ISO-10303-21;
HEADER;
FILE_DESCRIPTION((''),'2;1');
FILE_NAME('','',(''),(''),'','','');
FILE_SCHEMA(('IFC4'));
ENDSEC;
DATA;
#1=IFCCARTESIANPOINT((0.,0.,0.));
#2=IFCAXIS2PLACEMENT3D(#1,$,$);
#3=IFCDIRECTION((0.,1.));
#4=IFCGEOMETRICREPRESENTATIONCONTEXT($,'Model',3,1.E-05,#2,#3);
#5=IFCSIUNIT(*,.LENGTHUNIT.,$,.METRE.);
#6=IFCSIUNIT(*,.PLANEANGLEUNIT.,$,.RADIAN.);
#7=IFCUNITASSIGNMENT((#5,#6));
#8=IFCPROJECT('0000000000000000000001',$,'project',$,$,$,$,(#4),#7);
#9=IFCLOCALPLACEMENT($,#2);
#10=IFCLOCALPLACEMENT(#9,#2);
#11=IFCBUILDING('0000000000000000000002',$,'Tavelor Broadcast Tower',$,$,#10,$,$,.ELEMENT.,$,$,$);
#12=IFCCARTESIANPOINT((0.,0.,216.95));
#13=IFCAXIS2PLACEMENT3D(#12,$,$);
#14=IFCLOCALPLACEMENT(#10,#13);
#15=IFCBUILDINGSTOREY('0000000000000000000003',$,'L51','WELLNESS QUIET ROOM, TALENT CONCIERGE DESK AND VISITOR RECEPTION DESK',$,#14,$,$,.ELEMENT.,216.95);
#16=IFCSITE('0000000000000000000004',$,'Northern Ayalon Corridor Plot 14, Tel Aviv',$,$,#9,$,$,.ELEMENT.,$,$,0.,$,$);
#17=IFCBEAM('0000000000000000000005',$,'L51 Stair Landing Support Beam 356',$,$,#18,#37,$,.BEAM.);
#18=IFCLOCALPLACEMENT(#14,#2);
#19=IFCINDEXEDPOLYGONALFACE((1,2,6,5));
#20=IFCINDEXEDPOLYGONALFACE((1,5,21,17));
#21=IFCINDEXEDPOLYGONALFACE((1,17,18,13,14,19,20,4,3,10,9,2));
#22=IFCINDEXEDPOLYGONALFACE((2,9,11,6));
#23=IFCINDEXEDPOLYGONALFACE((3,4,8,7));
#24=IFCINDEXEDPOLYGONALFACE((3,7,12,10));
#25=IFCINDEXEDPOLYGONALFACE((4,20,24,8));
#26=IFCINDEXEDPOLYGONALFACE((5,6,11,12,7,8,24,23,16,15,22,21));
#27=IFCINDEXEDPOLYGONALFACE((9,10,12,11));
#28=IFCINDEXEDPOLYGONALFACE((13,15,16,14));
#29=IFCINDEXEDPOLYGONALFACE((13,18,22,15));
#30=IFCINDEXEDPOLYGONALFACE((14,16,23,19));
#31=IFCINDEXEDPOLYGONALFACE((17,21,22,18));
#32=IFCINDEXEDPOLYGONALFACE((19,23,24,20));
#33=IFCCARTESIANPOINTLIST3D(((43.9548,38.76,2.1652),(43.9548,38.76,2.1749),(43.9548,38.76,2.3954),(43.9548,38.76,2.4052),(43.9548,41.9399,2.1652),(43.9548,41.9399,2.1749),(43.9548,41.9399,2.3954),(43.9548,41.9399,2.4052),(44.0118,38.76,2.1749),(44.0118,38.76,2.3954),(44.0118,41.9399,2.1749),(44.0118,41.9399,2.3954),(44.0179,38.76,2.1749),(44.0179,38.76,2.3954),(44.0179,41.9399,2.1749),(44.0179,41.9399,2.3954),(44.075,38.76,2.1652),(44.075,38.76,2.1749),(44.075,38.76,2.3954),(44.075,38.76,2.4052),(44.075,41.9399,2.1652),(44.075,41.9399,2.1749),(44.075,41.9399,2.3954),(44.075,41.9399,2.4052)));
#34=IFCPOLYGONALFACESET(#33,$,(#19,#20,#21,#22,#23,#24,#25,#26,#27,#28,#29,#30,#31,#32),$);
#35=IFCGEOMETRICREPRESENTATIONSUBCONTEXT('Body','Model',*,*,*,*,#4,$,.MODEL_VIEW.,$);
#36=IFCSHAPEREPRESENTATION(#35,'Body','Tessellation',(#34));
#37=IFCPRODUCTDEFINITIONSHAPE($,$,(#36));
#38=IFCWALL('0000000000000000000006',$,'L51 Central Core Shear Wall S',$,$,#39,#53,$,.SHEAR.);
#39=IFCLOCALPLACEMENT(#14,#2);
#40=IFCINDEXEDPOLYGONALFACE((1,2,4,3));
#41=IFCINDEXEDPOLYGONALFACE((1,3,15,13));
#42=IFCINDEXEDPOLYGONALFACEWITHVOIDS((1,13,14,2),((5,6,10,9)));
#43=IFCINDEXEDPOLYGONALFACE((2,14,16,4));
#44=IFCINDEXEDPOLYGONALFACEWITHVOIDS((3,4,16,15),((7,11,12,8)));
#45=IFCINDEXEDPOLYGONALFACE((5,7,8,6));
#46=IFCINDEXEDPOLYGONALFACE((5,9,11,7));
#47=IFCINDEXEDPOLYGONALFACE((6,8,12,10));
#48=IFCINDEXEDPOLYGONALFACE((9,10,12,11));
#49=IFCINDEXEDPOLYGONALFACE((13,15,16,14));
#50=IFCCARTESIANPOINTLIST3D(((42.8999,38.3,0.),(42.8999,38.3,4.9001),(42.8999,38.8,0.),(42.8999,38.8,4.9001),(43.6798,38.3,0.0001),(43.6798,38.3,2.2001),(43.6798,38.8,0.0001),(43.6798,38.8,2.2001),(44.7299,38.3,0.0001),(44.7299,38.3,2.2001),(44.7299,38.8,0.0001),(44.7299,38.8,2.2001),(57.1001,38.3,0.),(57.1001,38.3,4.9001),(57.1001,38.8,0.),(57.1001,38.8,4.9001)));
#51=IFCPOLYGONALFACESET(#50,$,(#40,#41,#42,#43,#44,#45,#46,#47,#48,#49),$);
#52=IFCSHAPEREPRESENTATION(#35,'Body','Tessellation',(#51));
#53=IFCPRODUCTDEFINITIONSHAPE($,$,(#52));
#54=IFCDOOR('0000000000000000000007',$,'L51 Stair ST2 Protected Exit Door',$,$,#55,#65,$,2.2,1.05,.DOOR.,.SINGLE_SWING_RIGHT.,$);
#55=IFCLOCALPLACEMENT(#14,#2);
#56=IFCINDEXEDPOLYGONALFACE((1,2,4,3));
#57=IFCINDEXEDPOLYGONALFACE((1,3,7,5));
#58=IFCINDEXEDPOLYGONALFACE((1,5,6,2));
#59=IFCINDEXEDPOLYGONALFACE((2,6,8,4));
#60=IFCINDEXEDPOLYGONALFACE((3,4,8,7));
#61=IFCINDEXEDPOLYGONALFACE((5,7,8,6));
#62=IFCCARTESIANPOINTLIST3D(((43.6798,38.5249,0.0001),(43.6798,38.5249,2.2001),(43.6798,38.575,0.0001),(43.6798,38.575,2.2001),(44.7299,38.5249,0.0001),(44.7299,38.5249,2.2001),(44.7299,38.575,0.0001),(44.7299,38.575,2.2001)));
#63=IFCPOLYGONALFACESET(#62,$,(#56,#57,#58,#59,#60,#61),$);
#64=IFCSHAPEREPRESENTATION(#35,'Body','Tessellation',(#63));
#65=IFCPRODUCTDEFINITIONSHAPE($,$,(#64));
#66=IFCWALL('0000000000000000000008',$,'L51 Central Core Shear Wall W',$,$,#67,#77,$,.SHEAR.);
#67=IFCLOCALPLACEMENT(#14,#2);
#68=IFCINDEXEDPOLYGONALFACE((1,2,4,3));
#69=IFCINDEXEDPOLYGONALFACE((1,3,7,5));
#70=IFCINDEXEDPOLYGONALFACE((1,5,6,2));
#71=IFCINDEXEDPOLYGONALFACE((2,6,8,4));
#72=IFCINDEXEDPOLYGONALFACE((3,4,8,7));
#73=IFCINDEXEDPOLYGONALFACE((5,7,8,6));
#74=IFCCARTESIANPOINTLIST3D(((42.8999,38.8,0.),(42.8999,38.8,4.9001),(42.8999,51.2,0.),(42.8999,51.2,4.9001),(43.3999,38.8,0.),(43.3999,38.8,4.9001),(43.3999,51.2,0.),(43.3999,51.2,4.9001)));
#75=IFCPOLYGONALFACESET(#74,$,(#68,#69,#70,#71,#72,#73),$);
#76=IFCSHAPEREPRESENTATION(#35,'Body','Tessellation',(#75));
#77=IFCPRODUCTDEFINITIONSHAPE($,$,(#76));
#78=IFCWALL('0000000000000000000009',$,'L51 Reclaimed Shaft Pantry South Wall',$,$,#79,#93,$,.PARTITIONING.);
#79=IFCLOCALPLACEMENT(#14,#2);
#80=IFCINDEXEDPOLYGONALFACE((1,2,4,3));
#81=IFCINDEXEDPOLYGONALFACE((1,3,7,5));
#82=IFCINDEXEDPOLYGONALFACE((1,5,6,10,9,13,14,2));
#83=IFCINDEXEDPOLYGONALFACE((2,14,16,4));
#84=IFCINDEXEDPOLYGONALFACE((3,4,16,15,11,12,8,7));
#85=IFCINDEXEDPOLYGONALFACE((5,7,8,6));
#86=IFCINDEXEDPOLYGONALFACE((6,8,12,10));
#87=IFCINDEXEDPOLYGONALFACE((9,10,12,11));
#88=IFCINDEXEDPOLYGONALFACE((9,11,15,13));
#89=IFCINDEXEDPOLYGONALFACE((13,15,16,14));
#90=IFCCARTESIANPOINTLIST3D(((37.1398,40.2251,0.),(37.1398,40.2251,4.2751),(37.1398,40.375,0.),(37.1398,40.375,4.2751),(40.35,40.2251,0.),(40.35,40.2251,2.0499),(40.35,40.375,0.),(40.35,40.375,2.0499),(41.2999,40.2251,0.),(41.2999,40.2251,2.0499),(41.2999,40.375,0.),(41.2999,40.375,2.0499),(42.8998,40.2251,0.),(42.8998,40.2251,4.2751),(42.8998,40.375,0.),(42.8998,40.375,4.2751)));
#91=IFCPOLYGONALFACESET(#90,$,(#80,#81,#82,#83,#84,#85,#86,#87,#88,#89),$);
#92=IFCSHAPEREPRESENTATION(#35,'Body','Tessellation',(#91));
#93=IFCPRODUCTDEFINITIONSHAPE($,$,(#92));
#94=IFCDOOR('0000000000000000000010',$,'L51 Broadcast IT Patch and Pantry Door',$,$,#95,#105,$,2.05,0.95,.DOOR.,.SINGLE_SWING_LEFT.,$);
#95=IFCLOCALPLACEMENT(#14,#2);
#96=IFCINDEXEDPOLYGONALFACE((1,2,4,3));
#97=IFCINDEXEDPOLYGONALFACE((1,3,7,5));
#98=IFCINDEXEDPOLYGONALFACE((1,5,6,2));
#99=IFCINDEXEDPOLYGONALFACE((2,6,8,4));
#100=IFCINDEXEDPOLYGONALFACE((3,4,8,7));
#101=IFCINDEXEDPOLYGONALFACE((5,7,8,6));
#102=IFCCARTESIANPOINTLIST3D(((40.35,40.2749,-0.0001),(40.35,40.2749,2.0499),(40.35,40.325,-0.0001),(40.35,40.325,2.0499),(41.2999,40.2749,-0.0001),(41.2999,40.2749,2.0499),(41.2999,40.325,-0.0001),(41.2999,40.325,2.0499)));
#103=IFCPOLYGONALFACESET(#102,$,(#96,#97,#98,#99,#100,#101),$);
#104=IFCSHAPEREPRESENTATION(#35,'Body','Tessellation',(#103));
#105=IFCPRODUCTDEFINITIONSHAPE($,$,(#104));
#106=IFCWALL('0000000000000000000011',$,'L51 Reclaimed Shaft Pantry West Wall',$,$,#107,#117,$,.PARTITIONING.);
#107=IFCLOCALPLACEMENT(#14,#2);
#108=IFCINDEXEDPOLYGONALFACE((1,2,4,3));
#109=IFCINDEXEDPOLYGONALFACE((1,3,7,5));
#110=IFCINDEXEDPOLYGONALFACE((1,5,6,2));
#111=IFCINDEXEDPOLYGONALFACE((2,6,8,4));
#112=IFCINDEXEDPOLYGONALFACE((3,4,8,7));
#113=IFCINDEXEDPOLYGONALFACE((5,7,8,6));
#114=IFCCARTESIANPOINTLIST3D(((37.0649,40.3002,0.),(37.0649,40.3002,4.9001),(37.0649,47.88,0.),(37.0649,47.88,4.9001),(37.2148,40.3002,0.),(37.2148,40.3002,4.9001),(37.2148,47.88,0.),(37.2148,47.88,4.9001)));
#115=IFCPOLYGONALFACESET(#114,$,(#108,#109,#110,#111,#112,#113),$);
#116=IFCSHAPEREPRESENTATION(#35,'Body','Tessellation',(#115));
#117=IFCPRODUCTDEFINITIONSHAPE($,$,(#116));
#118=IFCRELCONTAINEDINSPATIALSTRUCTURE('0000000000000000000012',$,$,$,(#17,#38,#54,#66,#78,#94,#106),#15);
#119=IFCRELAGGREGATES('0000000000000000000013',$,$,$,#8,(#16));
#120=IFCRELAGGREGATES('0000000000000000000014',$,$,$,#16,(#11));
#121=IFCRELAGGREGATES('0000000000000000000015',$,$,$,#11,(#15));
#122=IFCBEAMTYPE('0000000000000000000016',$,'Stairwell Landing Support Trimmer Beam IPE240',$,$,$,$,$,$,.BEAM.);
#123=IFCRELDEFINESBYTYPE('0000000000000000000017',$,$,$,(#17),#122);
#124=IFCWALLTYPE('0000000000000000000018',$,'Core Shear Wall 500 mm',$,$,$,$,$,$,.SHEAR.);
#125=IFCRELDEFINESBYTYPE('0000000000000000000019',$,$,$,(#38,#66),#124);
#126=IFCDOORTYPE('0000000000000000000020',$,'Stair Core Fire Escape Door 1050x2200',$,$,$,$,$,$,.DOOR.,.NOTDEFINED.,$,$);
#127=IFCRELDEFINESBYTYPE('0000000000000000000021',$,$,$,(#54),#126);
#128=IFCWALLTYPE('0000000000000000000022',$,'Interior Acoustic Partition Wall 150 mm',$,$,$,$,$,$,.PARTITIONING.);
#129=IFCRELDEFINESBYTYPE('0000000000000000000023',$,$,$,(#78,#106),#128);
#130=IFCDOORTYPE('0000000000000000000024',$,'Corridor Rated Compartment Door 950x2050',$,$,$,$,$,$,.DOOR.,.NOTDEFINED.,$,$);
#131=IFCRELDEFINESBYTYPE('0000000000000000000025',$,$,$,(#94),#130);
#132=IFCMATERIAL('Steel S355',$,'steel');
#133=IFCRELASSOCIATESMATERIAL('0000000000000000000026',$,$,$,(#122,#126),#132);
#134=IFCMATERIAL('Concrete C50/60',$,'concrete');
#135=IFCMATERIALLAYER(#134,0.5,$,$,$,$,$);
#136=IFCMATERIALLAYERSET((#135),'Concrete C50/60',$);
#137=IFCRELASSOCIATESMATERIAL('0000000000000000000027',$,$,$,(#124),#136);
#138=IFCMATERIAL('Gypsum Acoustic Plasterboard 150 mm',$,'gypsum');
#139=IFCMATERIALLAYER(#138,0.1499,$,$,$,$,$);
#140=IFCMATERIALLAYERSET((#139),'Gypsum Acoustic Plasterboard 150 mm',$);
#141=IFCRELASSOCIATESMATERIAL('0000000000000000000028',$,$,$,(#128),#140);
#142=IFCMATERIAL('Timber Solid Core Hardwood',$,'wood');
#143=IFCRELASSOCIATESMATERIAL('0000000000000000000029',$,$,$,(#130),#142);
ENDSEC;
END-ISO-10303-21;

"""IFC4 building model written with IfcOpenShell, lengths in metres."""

from ifc_helpers import new_model, si_unit, direction, frame, frame_2d, origin, origin_2d, place, context, subcontext, project, spatial, rectangle, i_section, extrude, material, layer, layer_set, material_profile, profile_set, type_object, element, fill, save


model = new_model("IFC4")

# Units and contexts
model_context = context("Model", 3, precision=1e-05, world=origin(), true_north=direction((0.0, 1.0)))
body_context = subcontext(model_context, "Body", "Model", "MODEL_VIEW")
ifc_project = project(units=[si_unit("LENGTHUNIT", "METRE"), si_unit("PLANEANGLEUNIT", "RADIAN")], contexts=[model_context])

# Site, building, storey
site_placement = place(None, origin())
site = spatial("IfcSite", under=ifc_project, at=site_placement, Name="Northern Ayalon Corridor Plot 14, Tel Aviv", CompositionType="ELEMENT", RefElevation=0.0)
building_placement = place(site_placement, origin())
building = spatial("IfcBuilding", under=site, at=building_placement, Name="Tavelor Broadcast Tower", CompositionType="ELEMENT")
storey_placement = place(building_placement, frame((0.0, 0.0, 216.95)))
storey = spatial("IfcBuildingStorey", under=building, at=storey_placement, Name="L51", Description="WELLNESS QUIET ROOM, TALENT CONCIERGE DESK AND VISITOR RECEPTION DESK", CompositionType="ELEMENT", Elevation=216.95)

# Beam
ifc_material_1 = material(Name="Steel S355", Category="steel")
ifc_material_profile_1 = material_profile(ifc_material_1, i_section(OverallWidth=0.1201, OverallDepth=0.24, WebThickness=0.0061, FlangeThickness=0.0098, at=origin_2d()), Name="IPE 240")
ifc_profile_set_1 = profile_set([ifc_material_profile_1], Name="Steel S355")
beam_type_1 = type_object("IfcBeamType", Name="Stairwell Landing Support Trimmer Beam IPE240", PredefinedType="BEAM", material=ifc_profile_set_1)
for number, where, z_axis, x_axis, name in (
    (1, (44.0149, 38.76, 2.2852), (0.0, 1.0, 0.0), (-1.0, 0.0, 0.0), "L51 Stair Landing Support Beam 356"),
):
    element("IfcBeam", number, at=place(storey_placement, frame(where, z_axis=z_axis, x_axis=x_axis)), inside=storey, type_object=beam_type_1, Name=name, PredefinedType="BEAM", context=body_context, shape_type="SweptSolid", body=[
        extrude(i_section(OverallWidth=0.1201, OverallDepth=0.24, WebThickness=0.0061, FlangeThickness=0.0098, at=origin_2d()), origin(), (0.0, 0.0, 1.0), 3.1799),
    ])

# Wall, opening, door
ifc_material_2 = material(Name="Concrete C50/60", Category="concrete")
ifc_layer_1 = layer(ifc_material_2, 0.5)
ifc_layer_set_1 = layer_set([ifc_layer_1], Name="Concrete C50/60")
wall_type_1 = type_object("IfcWallType", Name="Core Shear Wall 500 mm", PredefinedType="SHEAR", material=ifc_layer_set_1)
wall_1_placement = place(storey_placement, frame((42.8999, 38.55, 0.0), z_axis=(0.0, 0.0, 1.0), x_axis=(1.0, 0.0, 0.0)))
wall_1 = element("IfcWall", 2, at=wall_1_placement, inside=storey, type_object=wall_type_1, Name="L51 Central Core Shear Wall S", PredefinedType="SHEAR", context=body_context, shape_type="SweptSolid", body=[
    extrude(rectangle(XDim=14.2002, YDim=0.5, at=frame_2d((7.1001, 0.0))), origin(), (0.0, 0.0, 1.0), 4.9001),
])
opening_1_placement = place(wall_1_placement, frame((0.78, 0.0, 0.0)))
opening_1 = element("IfcOpeningElement", 3, at=opening_1_placement, cuts=wall_1, PredefinedType="OPENING", context=body_context, shape_type="SweptSolid", body=[
    extrude(rectangle(XDim=1.05, YDim=2.2, at=frame_2d((0.5249, 1.1001))), frame((0.0, 0.26, 0.0), z_axis=(0.0, -1.0, 0.0), x_axis=(1.0, 0.0, 0.0)), (0.0, 0.0, 1.0), 0.52),
])
door_type_1 = type_object("IfcDoorType", Name="Stair Core Fire Escape Door 1050x2200", OperationType="NOTDEFINED", PredefinedType="DOOR", material=ifc_material_1)
door_1_placement = place(opening_1_placement, origin())
door_1 = element("IfcDoor", 4, at=door_1_placement, inside=storey, type_object=door_type_1, Name="L51 Stair ST2 Protected Exit Door", OperationType="SINGLE_SWING_RIGHT", OverallHeight=2.2, OverallWidth=1.05, PredefinedType="DOOR", context=body_context, shape_type="SweptSolid", body=[
    extrude(rectangle(XDim=1.05, YDim=2.2, at=frame_2d((0.5249, 1.1001))), frame((0.0, 0.0249, 0.0), z_axis=(0.0, -1.0, 0.0), x_axis=(1.0, 0.0, 0.0)), (0.0, 0.0, 1.0), 0.05),
])
fill(opening_1, door_1)

# Wall
wall_2_placement = place(storey_placement, frame((43.1499, 38.8, 0.0), z_axis=(0.0, 0.0, 1.0), x_axis=(0.0, 1.0, 0.0)))
element("IfcWall", 5, at=wall_2_placement, inside=storey, type_object=wall_type_1, Name="L51 Central Core Shear Wall W", PredefinedType="SHEAR", context=body_context, shape_type="SweptSolid", body=[
    extrude(rectangle(XDim=12.3999, YDim=0.5, at=frame_2d((6.2, 0.0))), origin(), (0.0, 0.0, 1.0), 4.9001),
])

# Wall, opening, door
ifc_material_3 = material(Name="Gypsum Acoustic Plasterboard 150 mm", Category="gypsum")
ifc_layer_2 = layer(ifc_material_3, 0.1499)
ifc_layer_set_2 = layer_set([ifc_layer_2], Name="Gypsum Acoustic Plasterboard 150 mm")
wall_type_2 = type_object("IfcWallType", Name="Interior Acoustic Partition Wall 150 mm", PredefinedType="PARTITIONING", material=ifc_layer_set_2)
wall_3_placement = place(storey_placement, frame((37.1399, 40.3, 0.0), z_axis=(0.0, 0.0, 1.0), x_axis=(1.0, 0.0, 0.0)))
wall_3 = element("IfcWall", 6, at=wall_3_placement, inside=storey, type_object=wall_type_2, Name="L51 Reclaimed Shaft Pantry South Wall", PredefinedType="PARTITIONING", context=body_context, shape_type="SweptSolid", body=[
    extrude(rectangle(XDim=5.76, YDim=0.1499, at=frame_2d((2.8799, 0.0))), origin(), (0.0, 0.0, 1.0), 4.2751),
])
opening_2_placement = place(wall_3_placement, frame((3.21, 0.0, 0.0)))
opening_2 = element("IfcOpeningElement", 7, at=opening_2_placement, cuts=wall_3, PredefinedType="OPENING", context=body_context, shape_type="SweptSolid", body=[
    extrude(rectangle(XDim=0.95, YDim=2.05, at=frame_2d((0.4751, 1.0249))), frame((0.0, 0.085, 0.0), z_axis=(0.0, -1.0, 0.0), x_axis=(1.0, 0.0, 0.0)), (0.0, 0.0, 1.0), 0.1699),
])
ifc_material_4 = material(Name="Timber Solid Core Hardwood", Category="wood")
door_type_2 = type_object("IfcDoorType", Name="Corridor Rated Compartment Door 950x2050", OperationType="NOTDEFINED", PredefinedType="DOOR", material=ifc_material_4)
door_2_placement = place(opening_2_placement, origin())
door_2 = element("IfcDoor", 8, at=door_2_placement, inside=storey, type_object=door_type_2, Name="L51 Broadcast IT Patch and Pantry Door", OperationType="SINGLE_SWING_LEFT", OverallHeight=2.05, OverallWidth=0.95, PredefinedType="DOOR", context=body_context, shape_type="SweptSolid", body=[
    extrude(rectangle(XDim=0.95, YDim=2.05, at=frame_2d((0.4751, 1.0249))), frame((0.0, 0.0249, 0.0), z_axis=(0.0, -1.0, 0.0), x_axis=(1.0, 0.0, 0.0)), (0.0, 0.0, 1.0), 0.05),
])
fill(opening_2, door_2)

# Wall
wall_4_placement = place(storey_placement, frame((37.1399, 40.3, 0.0), z_axis=(0.0, 0.0, 1.0), x_axis=(0.0, 1.0, 0.0)))
element("IfcWall", 9, at=wall_4_placement, inside=storey, type_object=wall_type_2, Name="L51 Reclaimed Shaft Pantry West Wall", PredefinedType="PARTITIONING", context=body_context, shape_type="SweptSolid", body=[
    extrude(rectangle(XDim=7.5798, YDim=0.1499, at=frame_2d((3.79, 0.0))), origin(), (0.0, 0.0, 1.0), 4.9001),
])

save(model, "model.ifc")
